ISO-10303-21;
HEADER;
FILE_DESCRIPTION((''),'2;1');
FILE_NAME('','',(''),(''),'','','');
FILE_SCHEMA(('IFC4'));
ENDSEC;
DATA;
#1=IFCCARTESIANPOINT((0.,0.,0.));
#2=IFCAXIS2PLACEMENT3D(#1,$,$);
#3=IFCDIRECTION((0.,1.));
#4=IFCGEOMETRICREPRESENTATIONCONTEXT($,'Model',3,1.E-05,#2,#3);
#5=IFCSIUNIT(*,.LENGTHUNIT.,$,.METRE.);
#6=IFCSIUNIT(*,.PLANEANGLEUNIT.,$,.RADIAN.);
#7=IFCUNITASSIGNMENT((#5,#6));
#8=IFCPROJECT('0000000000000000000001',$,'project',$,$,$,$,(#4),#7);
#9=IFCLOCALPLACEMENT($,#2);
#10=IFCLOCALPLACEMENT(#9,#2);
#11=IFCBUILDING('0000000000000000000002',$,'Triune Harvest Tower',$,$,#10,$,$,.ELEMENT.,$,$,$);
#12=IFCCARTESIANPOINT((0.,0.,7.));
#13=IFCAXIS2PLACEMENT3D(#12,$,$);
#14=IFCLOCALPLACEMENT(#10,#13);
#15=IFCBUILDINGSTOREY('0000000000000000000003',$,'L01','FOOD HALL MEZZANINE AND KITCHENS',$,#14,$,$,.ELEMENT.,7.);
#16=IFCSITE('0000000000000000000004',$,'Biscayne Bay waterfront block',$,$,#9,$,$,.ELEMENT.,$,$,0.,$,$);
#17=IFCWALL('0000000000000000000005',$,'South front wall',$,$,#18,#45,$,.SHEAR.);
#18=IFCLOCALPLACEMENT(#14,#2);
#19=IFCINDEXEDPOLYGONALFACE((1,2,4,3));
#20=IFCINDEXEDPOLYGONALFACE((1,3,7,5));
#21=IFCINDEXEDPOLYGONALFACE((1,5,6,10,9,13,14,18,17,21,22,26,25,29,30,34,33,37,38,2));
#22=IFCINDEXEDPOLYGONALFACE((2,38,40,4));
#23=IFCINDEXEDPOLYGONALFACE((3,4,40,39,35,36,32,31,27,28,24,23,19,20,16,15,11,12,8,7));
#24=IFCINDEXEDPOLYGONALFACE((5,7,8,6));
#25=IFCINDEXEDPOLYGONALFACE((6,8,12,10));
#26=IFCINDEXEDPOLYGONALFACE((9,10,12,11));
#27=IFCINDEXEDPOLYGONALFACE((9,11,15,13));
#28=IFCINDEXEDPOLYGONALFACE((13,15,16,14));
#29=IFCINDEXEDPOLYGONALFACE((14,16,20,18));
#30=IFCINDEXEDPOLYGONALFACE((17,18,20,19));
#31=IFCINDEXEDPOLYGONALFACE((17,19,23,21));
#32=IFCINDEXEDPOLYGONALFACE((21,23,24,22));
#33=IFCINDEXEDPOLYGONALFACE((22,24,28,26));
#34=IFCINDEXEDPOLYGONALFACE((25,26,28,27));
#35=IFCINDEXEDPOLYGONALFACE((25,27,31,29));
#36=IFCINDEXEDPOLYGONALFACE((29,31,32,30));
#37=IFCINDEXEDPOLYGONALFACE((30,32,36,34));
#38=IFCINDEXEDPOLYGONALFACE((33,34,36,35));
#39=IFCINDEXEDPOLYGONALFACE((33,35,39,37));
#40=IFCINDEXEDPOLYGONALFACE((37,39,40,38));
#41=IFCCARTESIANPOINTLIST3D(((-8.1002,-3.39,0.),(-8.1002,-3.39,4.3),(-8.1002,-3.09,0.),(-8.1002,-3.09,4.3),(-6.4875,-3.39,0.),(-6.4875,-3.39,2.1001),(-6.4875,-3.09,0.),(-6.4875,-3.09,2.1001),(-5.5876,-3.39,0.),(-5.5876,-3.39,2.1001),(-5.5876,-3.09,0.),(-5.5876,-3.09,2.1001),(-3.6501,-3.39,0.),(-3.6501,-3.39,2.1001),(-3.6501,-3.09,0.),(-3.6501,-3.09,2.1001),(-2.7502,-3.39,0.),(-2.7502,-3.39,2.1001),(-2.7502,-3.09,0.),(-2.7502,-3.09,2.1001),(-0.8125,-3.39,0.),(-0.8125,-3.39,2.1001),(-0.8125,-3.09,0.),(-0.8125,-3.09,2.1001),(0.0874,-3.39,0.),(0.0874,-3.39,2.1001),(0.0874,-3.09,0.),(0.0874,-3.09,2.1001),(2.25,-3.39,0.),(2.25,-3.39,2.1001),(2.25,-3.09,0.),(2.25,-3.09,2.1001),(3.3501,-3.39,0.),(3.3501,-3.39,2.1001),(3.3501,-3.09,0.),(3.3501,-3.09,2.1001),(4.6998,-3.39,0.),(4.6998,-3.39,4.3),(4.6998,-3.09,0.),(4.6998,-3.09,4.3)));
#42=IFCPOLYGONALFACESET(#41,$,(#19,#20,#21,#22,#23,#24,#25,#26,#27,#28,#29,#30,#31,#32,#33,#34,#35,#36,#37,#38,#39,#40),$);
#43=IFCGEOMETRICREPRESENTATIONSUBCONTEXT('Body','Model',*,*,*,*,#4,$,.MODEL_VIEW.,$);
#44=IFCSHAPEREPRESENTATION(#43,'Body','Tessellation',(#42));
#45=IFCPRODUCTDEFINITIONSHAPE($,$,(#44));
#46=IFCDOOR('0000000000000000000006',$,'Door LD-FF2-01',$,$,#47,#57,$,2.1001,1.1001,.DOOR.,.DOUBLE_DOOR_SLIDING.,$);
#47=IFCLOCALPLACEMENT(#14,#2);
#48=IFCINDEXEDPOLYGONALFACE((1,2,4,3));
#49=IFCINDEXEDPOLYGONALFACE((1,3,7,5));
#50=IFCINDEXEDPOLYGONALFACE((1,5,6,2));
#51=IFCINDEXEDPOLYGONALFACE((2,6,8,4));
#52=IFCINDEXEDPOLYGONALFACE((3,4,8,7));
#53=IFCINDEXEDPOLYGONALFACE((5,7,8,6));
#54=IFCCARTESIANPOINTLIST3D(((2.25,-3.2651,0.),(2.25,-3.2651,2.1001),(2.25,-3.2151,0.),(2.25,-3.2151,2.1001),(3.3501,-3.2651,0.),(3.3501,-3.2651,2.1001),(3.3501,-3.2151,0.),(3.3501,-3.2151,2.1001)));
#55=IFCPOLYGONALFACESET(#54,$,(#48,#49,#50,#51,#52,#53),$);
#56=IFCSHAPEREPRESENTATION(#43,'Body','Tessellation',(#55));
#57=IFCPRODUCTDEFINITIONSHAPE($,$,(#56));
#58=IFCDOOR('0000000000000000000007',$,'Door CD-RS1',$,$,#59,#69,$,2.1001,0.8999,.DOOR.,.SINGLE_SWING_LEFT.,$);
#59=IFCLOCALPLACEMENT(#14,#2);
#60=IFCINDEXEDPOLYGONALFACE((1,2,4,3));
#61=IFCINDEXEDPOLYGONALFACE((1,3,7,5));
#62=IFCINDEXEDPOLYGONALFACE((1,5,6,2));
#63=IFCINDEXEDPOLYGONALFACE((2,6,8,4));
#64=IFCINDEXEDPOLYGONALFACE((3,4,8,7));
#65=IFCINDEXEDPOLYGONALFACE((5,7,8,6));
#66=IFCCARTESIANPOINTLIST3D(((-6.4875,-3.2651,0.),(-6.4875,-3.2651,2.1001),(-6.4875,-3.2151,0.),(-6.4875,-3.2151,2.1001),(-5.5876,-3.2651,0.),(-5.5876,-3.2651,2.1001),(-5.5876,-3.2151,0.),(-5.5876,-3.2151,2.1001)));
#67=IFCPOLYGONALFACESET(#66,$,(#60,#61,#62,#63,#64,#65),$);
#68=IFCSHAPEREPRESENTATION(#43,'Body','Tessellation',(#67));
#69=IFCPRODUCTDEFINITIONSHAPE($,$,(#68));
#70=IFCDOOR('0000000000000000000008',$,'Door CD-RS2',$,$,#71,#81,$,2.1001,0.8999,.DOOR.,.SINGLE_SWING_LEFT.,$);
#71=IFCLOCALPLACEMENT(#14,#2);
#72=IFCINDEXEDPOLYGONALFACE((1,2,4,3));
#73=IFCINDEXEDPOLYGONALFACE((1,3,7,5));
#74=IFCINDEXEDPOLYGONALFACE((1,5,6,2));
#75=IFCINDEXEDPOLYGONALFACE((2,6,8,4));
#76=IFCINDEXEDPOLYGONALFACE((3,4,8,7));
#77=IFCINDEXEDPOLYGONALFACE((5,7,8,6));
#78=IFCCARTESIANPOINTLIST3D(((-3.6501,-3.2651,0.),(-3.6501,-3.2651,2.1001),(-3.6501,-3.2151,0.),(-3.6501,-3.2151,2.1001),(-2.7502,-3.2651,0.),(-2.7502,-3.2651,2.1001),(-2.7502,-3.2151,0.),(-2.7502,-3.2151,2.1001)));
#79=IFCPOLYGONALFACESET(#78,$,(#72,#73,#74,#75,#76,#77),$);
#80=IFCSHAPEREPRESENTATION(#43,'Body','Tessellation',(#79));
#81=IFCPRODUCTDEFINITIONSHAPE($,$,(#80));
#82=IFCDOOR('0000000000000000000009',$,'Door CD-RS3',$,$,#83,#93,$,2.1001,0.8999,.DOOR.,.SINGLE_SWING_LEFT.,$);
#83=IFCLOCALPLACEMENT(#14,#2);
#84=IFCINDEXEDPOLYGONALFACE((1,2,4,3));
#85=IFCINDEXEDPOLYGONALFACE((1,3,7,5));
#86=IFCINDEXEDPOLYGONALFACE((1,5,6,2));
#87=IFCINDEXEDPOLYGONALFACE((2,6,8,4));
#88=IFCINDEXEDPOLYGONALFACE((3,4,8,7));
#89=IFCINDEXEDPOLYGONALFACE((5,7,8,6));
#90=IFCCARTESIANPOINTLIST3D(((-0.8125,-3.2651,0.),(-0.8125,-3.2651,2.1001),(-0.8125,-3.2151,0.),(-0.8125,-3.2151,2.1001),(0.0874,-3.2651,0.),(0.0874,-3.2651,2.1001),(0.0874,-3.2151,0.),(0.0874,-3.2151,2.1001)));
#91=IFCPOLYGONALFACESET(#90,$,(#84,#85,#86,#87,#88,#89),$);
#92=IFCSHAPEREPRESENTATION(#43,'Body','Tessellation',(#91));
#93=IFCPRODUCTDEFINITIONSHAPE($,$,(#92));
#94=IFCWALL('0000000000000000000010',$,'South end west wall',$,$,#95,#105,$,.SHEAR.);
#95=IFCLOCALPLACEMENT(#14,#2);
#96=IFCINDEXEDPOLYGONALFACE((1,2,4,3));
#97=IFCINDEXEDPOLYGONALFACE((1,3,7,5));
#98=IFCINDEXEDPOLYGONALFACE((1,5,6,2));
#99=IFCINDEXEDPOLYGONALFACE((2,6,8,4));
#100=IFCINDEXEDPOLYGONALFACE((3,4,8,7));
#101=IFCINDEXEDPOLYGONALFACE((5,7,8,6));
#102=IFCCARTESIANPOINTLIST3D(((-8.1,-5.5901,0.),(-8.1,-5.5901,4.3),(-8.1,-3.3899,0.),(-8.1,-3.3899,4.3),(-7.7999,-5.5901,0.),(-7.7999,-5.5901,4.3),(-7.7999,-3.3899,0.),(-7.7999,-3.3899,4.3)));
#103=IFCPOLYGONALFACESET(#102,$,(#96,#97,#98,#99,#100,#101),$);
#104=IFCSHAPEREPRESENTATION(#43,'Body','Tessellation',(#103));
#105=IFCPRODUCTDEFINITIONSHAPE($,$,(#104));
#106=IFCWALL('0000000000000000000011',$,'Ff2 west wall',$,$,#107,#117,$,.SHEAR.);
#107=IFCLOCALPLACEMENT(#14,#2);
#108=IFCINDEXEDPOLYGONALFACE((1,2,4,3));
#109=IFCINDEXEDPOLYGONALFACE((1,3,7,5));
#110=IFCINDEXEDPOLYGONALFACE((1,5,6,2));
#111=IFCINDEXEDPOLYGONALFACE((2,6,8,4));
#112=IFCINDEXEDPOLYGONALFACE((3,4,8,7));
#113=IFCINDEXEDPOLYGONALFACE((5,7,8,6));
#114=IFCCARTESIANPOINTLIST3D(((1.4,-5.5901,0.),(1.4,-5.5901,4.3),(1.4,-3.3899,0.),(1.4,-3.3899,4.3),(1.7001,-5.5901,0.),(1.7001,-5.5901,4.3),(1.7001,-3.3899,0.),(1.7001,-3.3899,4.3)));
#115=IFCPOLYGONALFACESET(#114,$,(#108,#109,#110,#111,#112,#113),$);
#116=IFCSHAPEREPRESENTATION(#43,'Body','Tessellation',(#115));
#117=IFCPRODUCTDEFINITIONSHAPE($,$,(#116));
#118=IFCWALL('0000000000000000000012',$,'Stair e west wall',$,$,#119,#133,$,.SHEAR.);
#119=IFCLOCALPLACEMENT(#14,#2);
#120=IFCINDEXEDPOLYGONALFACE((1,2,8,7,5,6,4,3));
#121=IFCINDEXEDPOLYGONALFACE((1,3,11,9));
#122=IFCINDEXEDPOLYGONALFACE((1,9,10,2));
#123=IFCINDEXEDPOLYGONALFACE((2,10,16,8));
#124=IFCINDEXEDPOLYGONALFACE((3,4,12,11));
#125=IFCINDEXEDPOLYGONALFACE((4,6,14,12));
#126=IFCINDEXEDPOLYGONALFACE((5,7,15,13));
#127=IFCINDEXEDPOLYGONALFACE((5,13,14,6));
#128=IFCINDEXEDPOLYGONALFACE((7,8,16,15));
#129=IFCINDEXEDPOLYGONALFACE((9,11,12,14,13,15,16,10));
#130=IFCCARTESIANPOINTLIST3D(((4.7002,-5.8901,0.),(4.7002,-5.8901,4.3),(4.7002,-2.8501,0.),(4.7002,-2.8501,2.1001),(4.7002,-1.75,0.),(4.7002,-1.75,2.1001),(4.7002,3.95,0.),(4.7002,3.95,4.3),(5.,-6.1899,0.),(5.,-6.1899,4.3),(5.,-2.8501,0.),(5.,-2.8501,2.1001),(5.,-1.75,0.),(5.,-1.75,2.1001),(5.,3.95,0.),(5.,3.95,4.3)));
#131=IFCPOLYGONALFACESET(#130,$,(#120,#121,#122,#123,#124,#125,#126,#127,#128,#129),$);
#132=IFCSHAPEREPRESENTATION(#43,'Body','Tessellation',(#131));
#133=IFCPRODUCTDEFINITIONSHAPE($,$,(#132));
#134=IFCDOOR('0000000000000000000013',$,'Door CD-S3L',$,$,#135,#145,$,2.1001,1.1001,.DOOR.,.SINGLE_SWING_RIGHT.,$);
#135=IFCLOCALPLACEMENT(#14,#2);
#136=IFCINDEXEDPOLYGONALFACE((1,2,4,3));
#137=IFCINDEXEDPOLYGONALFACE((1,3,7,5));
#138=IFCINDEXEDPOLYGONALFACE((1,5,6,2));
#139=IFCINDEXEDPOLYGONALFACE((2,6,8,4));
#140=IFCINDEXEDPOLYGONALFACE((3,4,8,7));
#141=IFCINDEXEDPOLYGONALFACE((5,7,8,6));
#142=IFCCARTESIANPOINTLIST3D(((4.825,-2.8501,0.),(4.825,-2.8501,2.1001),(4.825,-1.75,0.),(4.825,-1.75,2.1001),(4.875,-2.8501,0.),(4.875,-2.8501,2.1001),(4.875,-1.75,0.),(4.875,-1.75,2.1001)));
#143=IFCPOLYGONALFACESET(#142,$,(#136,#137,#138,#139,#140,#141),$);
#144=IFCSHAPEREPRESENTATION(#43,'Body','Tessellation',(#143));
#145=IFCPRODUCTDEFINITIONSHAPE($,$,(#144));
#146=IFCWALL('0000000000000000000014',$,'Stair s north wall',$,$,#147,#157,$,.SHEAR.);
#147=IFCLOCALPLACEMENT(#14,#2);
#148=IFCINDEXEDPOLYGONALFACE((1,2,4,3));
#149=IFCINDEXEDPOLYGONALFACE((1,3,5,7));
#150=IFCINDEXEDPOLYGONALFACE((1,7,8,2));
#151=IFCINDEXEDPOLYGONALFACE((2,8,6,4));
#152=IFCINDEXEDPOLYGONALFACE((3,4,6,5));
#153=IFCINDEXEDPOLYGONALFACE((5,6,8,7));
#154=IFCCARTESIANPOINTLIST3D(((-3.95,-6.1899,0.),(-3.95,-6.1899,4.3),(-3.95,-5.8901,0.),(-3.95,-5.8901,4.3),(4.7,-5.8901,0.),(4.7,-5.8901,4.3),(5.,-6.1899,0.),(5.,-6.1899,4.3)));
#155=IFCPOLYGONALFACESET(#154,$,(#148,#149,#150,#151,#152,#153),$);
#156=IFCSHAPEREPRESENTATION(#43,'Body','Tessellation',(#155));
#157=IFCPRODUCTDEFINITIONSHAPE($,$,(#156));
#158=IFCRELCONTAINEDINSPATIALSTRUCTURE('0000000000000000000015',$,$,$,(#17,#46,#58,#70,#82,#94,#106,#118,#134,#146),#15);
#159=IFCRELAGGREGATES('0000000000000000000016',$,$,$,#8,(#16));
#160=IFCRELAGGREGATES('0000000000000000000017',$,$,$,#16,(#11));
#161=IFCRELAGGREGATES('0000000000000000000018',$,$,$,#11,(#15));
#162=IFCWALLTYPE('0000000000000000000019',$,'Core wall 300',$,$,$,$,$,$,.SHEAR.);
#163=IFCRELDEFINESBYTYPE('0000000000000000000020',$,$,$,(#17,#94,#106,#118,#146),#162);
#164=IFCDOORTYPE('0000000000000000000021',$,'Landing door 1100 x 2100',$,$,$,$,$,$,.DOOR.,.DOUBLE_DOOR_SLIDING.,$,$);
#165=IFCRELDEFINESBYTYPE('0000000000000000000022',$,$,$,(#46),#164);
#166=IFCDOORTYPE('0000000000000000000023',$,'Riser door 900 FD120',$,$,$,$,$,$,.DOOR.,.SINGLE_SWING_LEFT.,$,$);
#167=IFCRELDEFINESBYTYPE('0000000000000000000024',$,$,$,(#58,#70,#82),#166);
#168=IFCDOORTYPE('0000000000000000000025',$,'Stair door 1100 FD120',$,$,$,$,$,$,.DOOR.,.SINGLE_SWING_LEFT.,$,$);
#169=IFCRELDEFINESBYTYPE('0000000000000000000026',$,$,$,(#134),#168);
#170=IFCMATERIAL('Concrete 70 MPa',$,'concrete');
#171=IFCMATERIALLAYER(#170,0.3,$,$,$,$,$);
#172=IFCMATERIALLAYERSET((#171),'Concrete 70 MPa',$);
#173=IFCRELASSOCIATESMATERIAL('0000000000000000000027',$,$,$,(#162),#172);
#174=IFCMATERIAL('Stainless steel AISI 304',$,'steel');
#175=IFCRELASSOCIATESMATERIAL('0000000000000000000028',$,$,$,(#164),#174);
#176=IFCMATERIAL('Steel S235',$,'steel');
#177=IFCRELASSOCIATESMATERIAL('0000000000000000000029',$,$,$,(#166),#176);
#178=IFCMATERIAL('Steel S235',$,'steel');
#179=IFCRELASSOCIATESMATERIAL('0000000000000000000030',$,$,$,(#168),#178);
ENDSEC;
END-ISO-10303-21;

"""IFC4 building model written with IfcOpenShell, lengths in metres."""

from ifc_helpers import new_model, si_unit, direction, frame, frame_2d, origin, place, context, subcontext, project, spatial, polyline, rectangle, outline, extrude, source, transform, mapped, material, layer, layer_set, type_object, element, fill, save


model = new_model("IFC4")

# Units and contexts
model_context = context("Model", 3, precision=1e-05, world=origin(), true_north=direction((0.0, 1.0)))
body_context = subcontext(model_context, "Body", "Model", "MODEL_VIEW")
ifc_project = project(units=[si_unit("LENGTHUNIT", "METRE"), si_unit("PLANEANGLEUNIT", "RADIAN")], contexts=[model_context])

# Site, building, storey
site_placement = place(None, origin())
site = spatial("IfcSite", under=ifc_project, at=site_placement, Name="Biscayne Bay waterfront block", CompositionType="ELEMENT", RefElevation=0.0)
building_placement = place(site_placement, origin())
building = spatial("IfcBuilding", under=site, at=building_placement, Name="Triune Harvest Tower", CompositionType="ELEMENT")
storey_placement = place(building_placement, frame((0.0, 0.0, 7.0)))
storey = spatial("IfcBuildingStorey", under=building, at=storey_placement, Name="L01", Description="FOOD HALL MEZZANINE AND KITCHENS", CompositionType="ELEMENT", Elevation=7.0)

# Shared definitions
ifc_material_1 = material(Name="Concrete 70 MPa", Category="concrete")
ifc_layer_1 = layer(ifc_material_1, 0.3)
ifc_layer_set_1 = layer_set([ifc_layer_1], Name="Concrete 70 MPa")
wall_type_1 = type_object("IfcWallType", Name="Core wall 300", PredefinedType="SHEAR", material=ifc_layer_set_1)

# Wall, openings, doors
shared_shape_1 = source(origin(), body_context, "Body", "SweptSolid", [
    extrude(rectangle(XDim=12.8, YDim=0.3, at=frame_2d((6.3999, 0.0))), origin(), (0.0, 0.0, 1.0), 4.3),
])
wall_1_placement = place(storey_placement, frame((-8.1001, -3.24, 0.0), z_axis=(0.0, 0.0, 1.0), x_axis=(1.0, 0.0, 0.0)))
wall_1 = element("IfcWall", 1, at=wall_1_placement, inside=storey, type_object=wall_type_1, Name="South front wall", PredefinedType="SHEAR", context=body_context, shape_type="MappedRepresentation", body=[
    mapped(shared_shape_1, transform((0.0, 0.0, 0.0), scale=1.0)),
])
opening_1_placement = place(wall_1_placement, frame((1.6125, 0.0, 0.0)))
opening_1 = element("IfcOpeningElement", 2, at=opening_1_placement, cuts=wall_1, PredefinedType="OPENING", context=body_context, shape_type="SweptSolid", body=[
    extrude(rectangle(XDim=0.8999, YDim=2.1001, at=frame_2d((0.45, 1.05))), frame((0.0, 0.1602, 0.0), z_axis=(0.0, -1.0, 0.0), x_axis=(1.0, 0.0, 0.0)), (0.0, 0.0, 1.0), 0.3201),
])
opening_2_placement = place(wall_1_placement, frame((4.45, 0.0, 0.0)))
opening_2 = element("IfcOpeningElement", 3, at=opening_2_placement, cuts=wall_1, PredefinedType="OPENING", context=body_context, shape_type="SweptSolid", body=[
    extrude(rectangle(XDim=0.8999, YDim=2.1001, at=frame_2d((0.45, 1.05))), frame((0.0, 0.1602, 0.0), z_axis=(0.0, -1.0, 0.0), x_axis=(1.0, 0.0, 0.0)), (0.0, 0.0, 1.0), 0.3201),
])
opening_3_placement = place(wall_1_placement, frame((7.2876, 0.0, 0.0)))
opening_3 = element("IfcOpeningElement", 4, at=opening_3_placement, cuts=wall_1, PredefinedType="OPENING", context=body_context, shape_type="SweptSolid", body=[
    extrude(rectangle(XDim=0.8999, YDim=2.1001, at=frame_2d((0.45, 1.05))), frame((0.0, 0.1602, 0.0), z_axis=(0.0, -1.0, 0.0), x_axis=(1.0, 0.0, 0.0)), (0.0, 0.0, 1.0), 0.3201),
])
opening_4_placement = place(wall_1_placement, frame((10.3501, 0.0, 0.0)))
opening_4 = element("IfcOpeningElement", 5, at=opening_4_placement, cuts=wall_1, PredefinedType="OPENING", context=body_context, shape_type="SweptSolid", body=[
    extrude(rectangle(XDim=1.1001, YDim=2.1001, at=frame_2d((0.55, 1.05))), frame((0.0, 0.1602, 0.0), z_axis=(0.0, -1.0, 0.0), x_axis=(1.0, 0.0, 0.0)), (0.0, 0.0, 1.0), 0.3201),
])
ifc_material_2 = material(Name="Stainless steel AISI 304", Category="steel")
door_type_1 = type_object("IfcDoorType", Name="Landing door 1100 x 2100", OperationType="DOUBLE_DOOR_SLIDING", PredefinedType="DOOR", material=ifc_material_2)
door_1_placement = place(opening_4_placement, origin())
door_1 = element("IfcDoor", 6, at=door_1_placement, inside=storey, type_object=door_type_1, Name="Door LD-FF2-01", OperationType="DOUBLE_DOOR_SLIDING", OverallHeight=2.1001, OverallWidth=1.1001, PredefinedType="DOOR", context=body_context, shape_type="SweptSolid", body=[
    extrude(rectangle(XDim=1.1001, YDim=2.1001, at=frame_2d((0.55, 1.05))), frame((0.0, 0.0249, 0.0), z_axis=(0.0, -1.0, 0.0), x_axis=(1.0, 0.0, 0.0)), (0.0, 0.0, 1.0), 0.05),
])
fill(opening_4, door_1)
ifc_material_3 = material(Name="Steel S235", Category="steel")
door_type_2 = type_object("IfcDoorType", Name="Riser door 900 FD120", OperationType="SINGLE_SWING_LEFT", PredefinedType="DOOR", material=ifc_material_3)
door_2_placement = place(opening_1_placement, origin())
door_2 = element("IfcDoor", 7, at=door_2_placement, inside=storey, type_object=door_type_2, Name="Door CD-RS1", OperationType="SINGLE_SWING_LEFT", OverallHeight=2.1001, OverallWidth=0.8999, PredefinedType="DOOR", context=body_context, shape_type="SweptSolid", body=[
    extrude(rectangle(XDim=0.8999, YDim=2.1001, at=frame_2d((0.45, 1.05))), frame((0.0, 0.0249, 0.0), z_axis=(0.0, -1.0, 0.0), x_axis=(1.0, 0.0, 0.0)), (0.0, 0.0, 1.0), 0.05),
])
fill(opening_1, door_2)
door_3_placement = place(opening_2_placement, origin())
door_3 = element("IfcDoor", 8, at=door_3_placement, inside=storey, type_object=door_type_2, Name="Door CD-RS2", OperationType="SINGLE_SWING_LEFT", OverallHeight=2.1001, OverallWidth=0.8999, PredefinedType="DOOR", context=body_context, shape_type="SweptSolid", body=[
    extrude(rectangle(XDim=0.8999, YDim=2.1001, at=frame_2d((0.45, 1.05))), frame((0.0, 0.0249, 0.0), z_axis=(0.0, -1.0, 0.0), x_axis=(1.0, 0.0, 0.0)), (0.0, 0.0, 1.0), 0.05),
])
fill(opening_2, door_3)
door_4_placement = place(opening_3_placement, origin())
door_4 = element("IfcDoor", 9, at=door_4_placement, inside=storey, type_object=door_type_2, Name="Door CD-RS3", OperationType="SINGLE_SWING_LEFT", OverallHeight=2.1001, OverallWidth=0.8999, PredefinedType="DOOR", context=body_context, shape_type="SweptSolid", body=[
    extrude(rectangle(XDim=0.8999, YDim=2.1001, at=frame_2d((0.45, 1.05))), frame((0.0, 0.0249, 0.0), z_axis=(0.0, -1.0, 0.0), x_axis=(1.0, 0.0, 0.0)), (0.0, 0.0, 1.0), 0.05),
])
fill(opening_3, door_4)

# Walls
shared_shape_2 = source(origin(), body_context, "Body", "SweptSolid", [
    extrude(rectangle(XDim=2.2002, YDim=0.3, at=frame_2d((1.1001, 0.0))), origin(), (0.0, 0.0, 1.0), 4.3),
])
for number, where, z_axis, x_axis, name in (
    (10, (-7.95, -5.5901, 0.0), (0.0, 0.0, 1.0), (0.0, 1.0, 0.0), "South end west wall"),
    (11, (1.55, -5.5901, 0.0), (0.0, 0.0, 1.0), (0.0, 1.0, 0.0), "Ff2 west wall"),
):
    element("IfcWall", number, at=place(storey_placement, frame(where, z_axis=z_axis, x_axis=x_axis)), inside=storey, type_object=wall_type_1, Name=name, PredefinedType="SHEAR", context=body_context, shape_type="MappedRepresentation", body=[
        mapped(shared_shape_2, transform((0.0, 0.0, 0.0), scale=1.0)),
    ])

# Wall, opening, door
shared_shape_3 = source(origin(), body_context, "Body", "SweptSolid", [
    extrude(outline(polyline([(-0.1499, -0.1499), (9.99, -0.1499), (9.99, 0.1499), (0.1499, 0.1499), (-0.1499, -0.1499)])), origin(), (0.0, 0.0, 1.0), 4.3),
])
wall_2_placement = place(storey_placement, frame((4.8501, -6.04, 0.0), z_axis=(0.0, 0.0, 1.0), x_axis=(0.0, 1.0, 0.0)))
wall_2 = element("IfcWall", 12, at=wall_2_placement, inside=storey, type_object=wall_type_1, Name="Stair e west wall", PredefinedType="SHEAR", context=body_context, shape_type="MappedRepresentation", body=[
    mapped(shared_shape_3, transform((0.0, 0.0, 0.0), scale=1.0)),
])
opening_5_placement = place(wall_2_placement, frame((3.1899, 0.0, 0.0)))
opening_5 = element("IfcOpeningElement", 13, at=opening_5_placement, cuts=wall_2, PredefinedType="OPENING", context=body_context, shape_type="SweptSolid", body=[
    extrude(rectangle(XDim=1.1001, YDim=2.1001, at=frame_2d((0.55, 1.05))), frame((0.0, 0.1602, 0.0), z_axis=(0.0, -1.0, 0.0), x_axis=(1.0, 0.0, 0.0)), (0.0, 0.0, 1.0), 0.3201),
])
ifc_material_4 = material(Name="Steel S235", Category="steel")
door_type_3 = type_object("IfcDoorType", Name="Stair door 1100 FD120", OperationType="SINGLE_SWING_LEFT", PredefinedType="DOOR", material=ifc_material_4)
door_5_placement = place(opening_5_placement, frame((1.1001, 0.0, 0.0), z_axis=(0.0, 0.0, 1.0), x_axis=(-1.0, 0.0, 0.0)))
door_5 = element("IfcDoor", 14, at=door_5_placement, inside=storey, type_object=door_type_3, Name="Door CD-S3L", OperationType="SINGLE_SWING_RIGHT", OverallHeight=2.1001, OverallWidth=1.1001, PredefinedType="DOOR", context=body_context, shape_type="SweptSolid", body=[
    extrude(rectangle(XDim=1.1001, YDim=2.1001, at=frame_2d((0.55, 1.05))), frame((0.0, 0.0249, 0.0), z_axis=(0.0, -1.0, 0.0), x_axis=(1.0, 0.0, 0.0)), (0.0, 0.0, 1.0), 0.05),
])
fill(opening_5, door_5)

# Wall
shared_shape_4 = source(origin(), body_context, "Body", "SweptSolid", [
    extrude(outline(polyline([(0.0, -0.1499), (8.95, -0.1499), (8.6499, 0.1499), (0.0, 0.1499), (0.0, -0.1499)])), origin(), (0.0, 0.0, 1.0), 4.3),
])
wall_3_placement = place(storey_placement, frame((-3.95, -6.04, 0.0), z_axis=(0.0, 0.0, 1.0), x_axis=(1.0, 0.0, 0.0)))
element("IfcWall", 15, at=wall_3_placement, inside=storey, type_object=wall_type_1, Name="Stair s north wall", PredefinedType="SHEAR", context=body_context, shape_type="MappedRepresentation", body=[
    mapped(shared_shape_4, transform((0.0, 0.0, 0.0), scale=1.0)),
])

save(model, "model.ifc")
